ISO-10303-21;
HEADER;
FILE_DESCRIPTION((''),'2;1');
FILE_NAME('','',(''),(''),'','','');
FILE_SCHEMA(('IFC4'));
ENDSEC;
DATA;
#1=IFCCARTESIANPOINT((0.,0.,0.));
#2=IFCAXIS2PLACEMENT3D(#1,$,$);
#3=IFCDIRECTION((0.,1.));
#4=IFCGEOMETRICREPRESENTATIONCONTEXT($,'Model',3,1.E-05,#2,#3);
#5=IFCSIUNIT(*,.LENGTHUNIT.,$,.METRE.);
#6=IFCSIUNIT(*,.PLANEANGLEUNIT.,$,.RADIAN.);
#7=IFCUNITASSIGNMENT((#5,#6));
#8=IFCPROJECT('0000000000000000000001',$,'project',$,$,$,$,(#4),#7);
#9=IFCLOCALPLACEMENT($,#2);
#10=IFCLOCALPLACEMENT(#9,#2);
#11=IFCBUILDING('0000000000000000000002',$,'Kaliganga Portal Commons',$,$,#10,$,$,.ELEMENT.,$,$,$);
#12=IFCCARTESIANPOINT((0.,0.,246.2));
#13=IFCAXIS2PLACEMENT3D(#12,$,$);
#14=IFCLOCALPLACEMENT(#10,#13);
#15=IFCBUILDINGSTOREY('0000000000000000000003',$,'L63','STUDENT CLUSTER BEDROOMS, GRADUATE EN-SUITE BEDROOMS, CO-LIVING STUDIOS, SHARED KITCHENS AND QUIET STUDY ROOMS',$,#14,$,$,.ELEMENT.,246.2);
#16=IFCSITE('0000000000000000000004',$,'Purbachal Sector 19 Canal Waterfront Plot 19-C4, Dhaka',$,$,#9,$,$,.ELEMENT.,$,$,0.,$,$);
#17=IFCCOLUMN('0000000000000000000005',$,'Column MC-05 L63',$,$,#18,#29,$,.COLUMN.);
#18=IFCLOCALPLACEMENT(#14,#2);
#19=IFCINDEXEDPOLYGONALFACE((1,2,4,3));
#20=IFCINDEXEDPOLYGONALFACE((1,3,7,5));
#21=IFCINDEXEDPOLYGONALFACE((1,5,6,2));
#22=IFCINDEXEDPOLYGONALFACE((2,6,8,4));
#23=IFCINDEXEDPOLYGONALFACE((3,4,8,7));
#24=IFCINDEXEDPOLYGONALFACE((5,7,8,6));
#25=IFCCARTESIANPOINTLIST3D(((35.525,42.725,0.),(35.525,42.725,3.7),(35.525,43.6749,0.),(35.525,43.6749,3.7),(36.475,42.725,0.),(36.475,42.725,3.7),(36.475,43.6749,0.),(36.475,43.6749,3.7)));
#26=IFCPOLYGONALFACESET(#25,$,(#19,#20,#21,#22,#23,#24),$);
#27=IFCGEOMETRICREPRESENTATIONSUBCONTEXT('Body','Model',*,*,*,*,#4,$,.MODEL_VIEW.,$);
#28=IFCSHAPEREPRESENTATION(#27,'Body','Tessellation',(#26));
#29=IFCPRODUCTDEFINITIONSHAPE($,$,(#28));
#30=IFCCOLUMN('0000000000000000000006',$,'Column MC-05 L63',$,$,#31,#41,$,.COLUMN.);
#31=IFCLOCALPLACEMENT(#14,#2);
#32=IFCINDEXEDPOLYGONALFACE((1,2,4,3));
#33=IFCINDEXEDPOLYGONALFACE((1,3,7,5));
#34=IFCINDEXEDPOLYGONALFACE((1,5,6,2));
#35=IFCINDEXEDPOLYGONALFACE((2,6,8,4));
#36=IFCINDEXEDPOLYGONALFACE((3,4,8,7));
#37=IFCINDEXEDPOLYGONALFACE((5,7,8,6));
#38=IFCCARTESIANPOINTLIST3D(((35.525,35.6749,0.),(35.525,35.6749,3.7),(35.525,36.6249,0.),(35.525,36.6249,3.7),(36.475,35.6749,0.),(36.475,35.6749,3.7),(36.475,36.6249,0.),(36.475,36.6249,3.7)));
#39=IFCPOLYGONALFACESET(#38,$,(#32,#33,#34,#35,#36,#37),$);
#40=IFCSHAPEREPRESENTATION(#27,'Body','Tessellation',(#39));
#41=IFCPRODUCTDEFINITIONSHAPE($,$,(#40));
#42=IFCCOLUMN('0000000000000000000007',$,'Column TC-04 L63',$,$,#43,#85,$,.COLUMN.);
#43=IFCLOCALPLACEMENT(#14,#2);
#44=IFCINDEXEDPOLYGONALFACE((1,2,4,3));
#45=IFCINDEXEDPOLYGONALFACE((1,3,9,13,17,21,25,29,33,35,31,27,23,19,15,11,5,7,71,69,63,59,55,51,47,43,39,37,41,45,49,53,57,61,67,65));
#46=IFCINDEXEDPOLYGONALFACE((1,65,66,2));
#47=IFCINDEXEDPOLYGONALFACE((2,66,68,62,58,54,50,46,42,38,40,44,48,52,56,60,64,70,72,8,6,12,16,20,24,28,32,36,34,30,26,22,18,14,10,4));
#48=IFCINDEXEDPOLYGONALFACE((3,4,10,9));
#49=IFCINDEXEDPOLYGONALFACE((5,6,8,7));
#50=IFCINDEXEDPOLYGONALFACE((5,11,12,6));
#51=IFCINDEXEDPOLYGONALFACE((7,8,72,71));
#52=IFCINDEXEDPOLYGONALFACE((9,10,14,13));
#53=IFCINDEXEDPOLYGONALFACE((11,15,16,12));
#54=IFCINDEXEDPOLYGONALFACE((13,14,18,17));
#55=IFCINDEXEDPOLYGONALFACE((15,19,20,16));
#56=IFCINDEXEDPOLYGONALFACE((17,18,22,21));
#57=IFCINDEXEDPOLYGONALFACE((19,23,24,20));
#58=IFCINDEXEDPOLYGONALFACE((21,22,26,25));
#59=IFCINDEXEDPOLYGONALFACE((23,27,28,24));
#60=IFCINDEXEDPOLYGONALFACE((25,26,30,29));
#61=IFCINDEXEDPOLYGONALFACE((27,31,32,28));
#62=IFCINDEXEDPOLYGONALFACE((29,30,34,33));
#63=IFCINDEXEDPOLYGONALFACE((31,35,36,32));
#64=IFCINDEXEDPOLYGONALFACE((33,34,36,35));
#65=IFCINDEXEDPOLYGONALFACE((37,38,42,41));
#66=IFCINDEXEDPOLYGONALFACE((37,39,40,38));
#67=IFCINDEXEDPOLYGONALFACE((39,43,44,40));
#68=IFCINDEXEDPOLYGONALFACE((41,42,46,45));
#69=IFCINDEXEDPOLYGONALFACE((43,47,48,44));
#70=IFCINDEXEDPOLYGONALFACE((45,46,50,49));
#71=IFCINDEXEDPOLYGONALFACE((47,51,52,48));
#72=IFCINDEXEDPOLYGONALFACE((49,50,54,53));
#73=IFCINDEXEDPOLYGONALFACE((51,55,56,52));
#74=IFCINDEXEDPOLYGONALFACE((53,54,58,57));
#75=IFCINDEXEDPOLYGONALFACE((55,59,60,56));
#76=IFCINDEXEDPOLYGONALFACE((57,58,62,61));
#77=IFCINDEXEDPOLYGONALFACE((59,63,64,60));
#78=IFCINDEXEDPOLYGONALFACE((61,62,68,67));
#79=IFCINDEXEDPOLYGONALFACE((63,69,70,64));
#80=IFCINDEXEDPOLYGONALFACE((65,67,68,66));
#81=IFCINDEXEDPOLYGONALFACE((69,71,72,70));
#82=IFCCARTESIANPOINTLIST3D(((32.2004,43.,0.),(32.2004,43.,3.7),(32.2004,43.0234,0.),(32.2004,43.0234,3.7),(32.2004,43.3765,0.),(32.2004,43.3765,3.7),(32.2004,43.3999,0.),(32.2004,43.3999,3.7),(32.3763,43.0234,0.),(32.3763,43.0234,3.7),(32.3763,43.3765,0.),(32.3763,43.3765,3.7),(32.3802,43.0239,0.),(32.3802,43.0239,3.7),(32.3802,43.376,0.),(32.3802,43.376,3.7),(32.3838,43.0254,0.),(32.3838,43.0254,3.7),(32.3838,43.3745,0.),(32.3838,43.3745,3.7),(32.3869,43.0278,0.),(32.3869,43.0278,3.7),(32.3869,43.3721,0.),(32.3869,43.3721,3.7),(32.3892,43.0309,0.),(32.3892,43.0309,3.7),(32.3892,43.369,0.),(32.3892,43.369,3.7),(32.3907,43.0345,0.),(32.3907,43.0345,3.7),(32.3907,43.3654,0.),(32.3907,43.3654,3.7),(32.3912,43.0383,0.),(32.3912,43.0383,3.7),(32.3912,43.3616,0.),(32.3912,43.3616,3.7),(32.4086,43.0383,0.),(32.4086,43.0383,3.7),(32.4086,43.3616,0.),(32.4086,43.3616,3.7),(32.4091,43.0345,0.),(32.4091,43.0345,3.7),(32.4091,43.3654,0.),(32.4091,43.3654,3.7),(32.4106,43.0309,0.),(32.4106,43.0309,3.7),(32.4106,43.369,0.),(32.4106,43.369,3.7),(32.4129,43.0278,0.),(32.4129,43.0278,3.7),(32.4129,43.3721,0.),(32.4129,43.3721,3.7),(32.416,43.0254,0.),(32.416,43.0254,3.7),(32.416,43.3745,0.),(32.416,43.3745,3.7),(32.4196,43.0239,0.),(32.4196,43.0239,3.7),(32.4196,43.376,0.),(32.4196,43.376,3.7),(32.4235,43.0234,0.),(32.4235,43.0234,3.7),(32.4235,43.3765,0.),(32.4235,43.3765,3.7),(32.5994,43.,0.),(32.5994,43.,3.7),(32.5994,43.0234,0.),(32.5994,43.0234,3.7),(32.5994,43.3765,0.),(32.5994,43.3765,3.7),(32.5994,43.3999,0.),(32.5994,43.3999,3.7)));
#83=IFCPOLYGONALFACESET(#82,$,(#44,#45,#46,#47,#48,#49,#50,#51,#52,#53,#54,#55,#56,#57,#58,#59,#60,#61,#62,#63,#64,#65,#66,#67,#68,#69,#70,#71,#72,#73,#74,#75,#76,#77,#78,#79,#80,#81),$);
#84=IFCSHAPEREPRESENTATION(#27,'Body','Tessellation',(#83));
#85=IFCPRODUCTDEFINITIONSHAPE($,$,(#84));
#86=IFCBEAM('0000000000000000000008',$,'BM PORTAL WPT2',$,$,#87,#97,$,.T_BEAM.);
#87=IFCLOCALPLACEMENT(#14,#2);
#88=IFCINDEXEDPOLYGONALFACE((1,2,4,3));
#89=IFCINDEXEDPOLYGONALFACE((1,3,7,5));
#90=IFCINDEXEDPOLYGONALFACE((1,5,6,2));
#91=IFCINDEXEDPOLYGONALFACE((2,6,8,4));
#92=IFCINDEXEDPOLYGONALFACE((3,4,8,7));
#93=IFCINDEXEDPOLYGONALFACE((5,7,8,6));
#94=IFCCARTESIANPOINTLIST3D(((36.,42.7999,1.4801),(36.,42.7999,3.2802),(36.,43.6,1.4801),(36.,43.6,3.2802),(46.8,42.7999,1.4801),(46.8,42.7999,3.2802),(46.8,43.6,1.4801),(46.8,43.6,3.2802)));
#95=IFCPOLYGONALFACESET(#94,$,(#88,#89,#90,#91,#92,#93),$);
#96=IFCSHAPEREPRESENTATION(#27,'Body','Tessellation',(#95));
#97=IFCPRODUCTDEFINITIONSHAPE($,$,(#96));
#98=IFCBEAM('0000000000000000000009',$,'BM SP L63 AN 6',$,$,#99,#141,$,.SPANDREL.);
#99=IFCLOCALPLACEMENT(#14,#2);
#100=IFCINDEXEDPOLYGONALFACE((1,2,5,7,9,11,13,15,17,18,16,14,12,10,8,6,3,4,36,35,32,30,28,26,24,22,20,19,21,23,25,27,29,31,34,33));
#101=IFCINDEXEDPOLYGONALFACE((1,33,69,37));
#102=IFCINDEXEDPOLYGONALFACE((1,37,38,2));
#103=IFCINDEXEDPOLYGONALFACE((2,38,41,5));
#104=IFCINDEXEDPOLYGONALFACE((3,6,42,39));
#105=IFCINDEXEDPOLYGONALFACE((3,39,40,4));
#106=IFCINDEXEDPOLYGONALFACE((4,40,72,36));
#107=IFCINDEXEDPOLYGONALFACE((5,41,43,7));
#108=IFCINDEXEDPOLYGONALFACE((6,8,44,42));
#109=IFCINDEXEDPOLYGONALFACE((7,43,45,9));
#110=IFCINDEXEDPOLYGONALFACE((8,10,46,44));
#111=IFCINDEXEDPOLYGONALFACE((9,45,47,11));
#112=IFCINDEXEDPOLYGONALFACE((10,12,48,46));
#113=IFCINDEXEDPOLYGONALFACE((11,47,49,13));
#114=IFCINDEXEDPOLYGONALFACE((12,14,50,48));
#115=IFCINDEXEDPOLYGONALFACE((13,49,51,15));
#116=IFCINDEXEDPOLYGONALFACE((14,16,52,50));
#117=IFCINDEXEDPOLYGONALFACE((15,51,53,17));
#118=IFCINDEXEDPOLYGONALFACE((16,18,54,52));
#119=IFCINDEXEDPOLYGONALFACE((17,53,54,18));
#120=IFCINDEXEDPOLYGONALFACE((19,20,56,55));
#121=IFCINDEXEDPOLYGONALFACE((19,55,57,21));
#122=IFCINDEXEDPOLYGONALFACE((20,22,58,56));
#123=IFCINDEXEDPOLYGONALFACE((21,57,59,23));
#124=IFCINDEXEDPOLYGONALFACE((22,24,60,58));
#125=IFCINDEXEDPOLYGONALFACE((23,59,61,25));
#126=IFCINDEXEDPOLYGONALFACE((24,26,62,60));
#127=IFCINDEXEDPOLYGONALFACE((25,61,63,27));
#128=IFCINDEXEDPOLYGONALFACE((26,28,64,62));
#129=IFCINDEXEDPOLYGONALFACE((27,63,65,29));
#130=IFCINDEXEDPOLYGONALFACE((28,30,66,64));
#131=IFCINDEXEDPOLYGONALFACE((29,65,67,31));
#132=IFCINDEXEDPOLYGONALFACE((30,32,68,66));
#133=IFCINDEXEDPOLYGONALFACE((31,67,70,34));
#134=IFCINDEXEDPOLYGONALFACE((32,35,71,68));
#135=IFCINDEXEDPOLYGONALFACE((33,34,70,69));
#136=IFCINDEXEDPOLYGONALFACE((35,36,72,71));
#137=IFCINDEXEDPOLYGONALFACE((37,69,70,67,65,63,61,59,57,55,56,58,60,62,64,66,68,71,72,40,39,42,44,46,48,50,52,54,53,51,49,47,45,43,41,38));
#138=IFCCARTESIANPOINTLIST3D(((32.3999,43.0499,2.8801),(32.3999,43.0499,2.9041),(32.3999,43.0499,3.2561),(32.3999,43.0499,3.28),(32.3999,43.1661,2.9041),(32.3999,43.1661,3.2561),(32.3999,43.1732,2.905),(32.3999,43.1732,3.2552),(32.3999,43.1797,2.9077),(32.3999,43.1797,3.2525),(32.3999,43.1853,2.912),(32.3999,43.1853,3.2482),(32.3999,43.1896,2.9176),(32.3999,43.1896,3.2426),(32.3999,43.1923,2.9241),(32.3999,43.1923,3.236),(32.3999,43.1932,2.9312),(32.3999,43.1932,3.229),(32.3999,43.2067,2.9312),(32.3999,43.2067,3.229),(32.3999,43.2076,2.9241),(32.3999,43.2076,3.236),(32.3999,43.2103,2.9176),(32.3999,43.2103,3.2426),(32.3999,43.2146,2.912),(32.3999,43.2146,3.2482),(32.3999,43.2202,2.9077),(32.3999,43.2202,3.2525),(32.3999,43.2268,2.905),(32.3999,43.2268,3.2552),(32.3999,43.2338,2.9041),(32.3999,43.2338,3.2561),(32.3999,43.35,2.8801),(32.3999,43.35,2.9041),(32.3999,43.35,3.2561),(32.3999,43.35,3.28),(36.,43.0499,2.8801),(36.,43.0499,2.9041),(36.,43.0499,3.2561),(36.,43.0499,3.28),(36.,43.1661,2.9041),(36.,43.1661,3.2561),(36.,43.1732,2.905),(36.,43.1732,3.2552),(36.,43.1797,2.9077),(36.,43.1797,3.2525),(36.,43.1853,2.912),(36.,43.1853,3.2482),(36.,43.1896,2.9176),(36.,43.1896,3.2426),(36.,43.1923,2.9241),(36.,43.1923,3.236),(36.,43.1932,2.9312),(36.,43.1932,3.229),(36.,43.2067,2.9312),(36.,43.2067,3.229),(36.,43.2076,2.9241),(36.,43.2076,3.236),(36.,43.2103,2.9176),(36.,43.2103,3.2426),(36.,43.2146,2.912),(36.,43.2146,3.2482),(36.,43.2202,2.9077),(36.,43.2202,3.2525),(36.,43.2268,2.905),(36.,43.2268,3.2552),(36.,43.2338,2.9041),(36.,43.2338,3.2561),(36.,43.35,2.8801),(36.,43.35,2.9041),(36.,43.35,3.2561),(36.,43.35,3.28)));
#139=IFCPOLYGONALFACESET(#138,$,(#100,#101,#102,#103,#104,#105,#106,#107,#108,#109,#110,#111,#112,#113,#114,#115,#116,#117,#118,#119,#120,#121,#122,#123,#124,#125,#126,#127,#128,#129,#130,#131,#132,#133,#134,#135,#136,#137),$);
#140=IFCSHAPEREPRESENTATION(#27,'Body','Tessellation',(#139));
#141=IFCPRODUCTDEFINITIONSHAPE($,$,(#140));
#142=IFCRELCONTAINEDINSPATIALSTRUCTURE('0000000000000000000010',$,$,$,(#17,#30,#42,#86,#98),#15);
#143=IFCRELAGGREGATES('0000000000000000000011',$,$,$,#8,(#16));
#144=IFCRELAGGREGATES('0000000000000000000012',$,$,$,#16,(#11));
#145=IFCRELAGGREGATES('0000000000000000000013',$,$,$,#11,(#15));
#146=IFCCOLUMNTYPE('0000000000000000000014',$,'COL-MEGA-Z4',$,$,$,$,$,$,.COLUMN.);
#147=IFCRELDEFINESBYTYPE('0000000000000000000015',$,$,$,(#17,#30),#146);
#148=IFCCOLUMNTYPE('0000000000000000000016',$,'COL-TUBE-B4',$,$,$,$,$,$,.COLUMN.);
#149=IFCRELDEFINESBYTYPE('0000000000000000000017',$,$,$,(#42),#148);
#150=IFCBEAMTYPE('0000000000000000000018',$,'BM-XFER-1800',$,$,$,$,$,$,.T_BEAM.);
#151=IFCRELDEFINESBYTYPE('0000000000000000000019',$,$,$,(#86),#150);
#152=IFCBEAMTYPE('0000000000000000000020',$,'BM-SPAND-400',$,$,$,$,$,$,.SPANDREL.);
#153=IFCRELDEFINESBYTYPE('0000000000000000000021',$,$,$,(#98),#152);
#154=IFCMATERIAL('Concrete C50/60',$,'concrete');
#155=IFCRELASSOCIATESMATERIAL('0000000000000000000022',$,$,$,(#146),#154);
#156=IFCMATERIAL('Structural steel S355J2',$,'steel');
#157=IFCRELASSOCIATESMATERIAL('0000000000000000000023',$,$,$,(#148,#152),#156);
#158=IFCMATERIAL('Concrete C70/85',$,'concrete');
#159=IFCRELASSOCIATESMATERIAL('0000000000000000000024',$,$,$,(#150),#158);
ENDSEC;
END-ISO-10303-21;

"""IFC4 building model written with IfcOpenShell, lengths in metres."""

from ifc_helpers import new_model, si_unit, direction, frame, origin, origin_2d, place, context, subcontext, project, spatial, rectangle, i_section, extrude, source, transform, mapped, material, material_profile, profile_set, type_object, element, save


model = new_model("IFC4")

# Units and contexts
model_context = context("Model", 3, precision=1e-05, world=origin(), true_north=direction((0.0, 1.0)))
body_context = subcontext(model_context, "Body", "Model", "MODEL_VIEW")
ifc_project = project(units=[si_unit("LENGTHUNIT", "METRE"), si_unit("PLANEANGLEUNIT", "RADIAN")], contexts=[model_context])

# Site, building, storey
site_placement = place(None, origin())
site = spatial("IfcSite", under=ifc_project, at=site_placement, Name="Purbachal Sector 19 Canal Waterfront Plot 19-C4, Dhaka", CompositionType="ELEMENT", RefElevation=0.0)
building_placement = place(site_placement, origin())
building = spatial("IfcBuilding", under=site, at=building_placement, Name="Kaliganga Portal Commons", CompositionType="ELEMENT")
storey_placement = place(building_placement, frame((0.0, 0.0, 246.2)))
storey = spatial("IfcBuildingStorey", under=building, at=storey_placement, Name="L63", Description="STUDENT CLUSTER BEDROOMS, GRADUATE EN-SUITE BEDROOMS, CO-LIVING STUDIOS, SHARED KITCHENS AND QUIET STUDY ROOMS", CompositionType="ELEMENT", Elevation=246.2)

# Columns
ifc_material_1 = material(Name="Concrete C50/60", Category="concrete")
ifc_material_profile_1 = material_profile(ifc_material_1, rectangle(XDim=0.95, YDim=0.95, at=origin_2d()), Name="RC 950x950")
ifc_profile_set_1 = profile_set([ifc_material_profile_1], Name="Concrete C50/60")
column_type_1 = type_object("IfcColumnType", Name="COL-MEGA-Z4", PredefinedType="COLUMN", material=ifc_profile_set_1)
shared_shape_1 = source(origin(), body_context, "Body", "SweptSolid", [
    extrude(rectangle(XDim=0.95, YDim=0.95, at=origin_2d()), origin(), (0.0, 0.0, 1.0), 3.7),
])
for number, where, z_axis, x_axis, name in (
    (1, (36.0, 43.2, 0.0), (0.0, 0.0, 1.0), (1.0, 0.0, 0.0), "Column MC-05 L63"),
    (2, (36.0, 36.1499, 0.0), (0.0, 0.0, 1.0), (1.0, 0.0, 0.0), "Column MC-05 L63"),
):
    element("IfcColumn", number, at=place(storey_placement, frame(where, z_axis=z_axis, x_axis=x_axis)), inside=storey, type_object=column_type_1, Name=name, PredefinedType="COLUMN", context=body_context, shape_type="MappedRepresentation", body=[
        mapped(shared_shape_1, transform((0.0, 0.0, 0.0), x_axis=(1.0, 0.0, 0.0), y_axis=(0.0, 1.0, 0.0), z_axis=(0.0, 0.0, 1.0), scale=1.0)),
    ])
ifc_material_2 = material(Name="Structural steel S355J2", Category="steel")
ifc_material_profile_2 = material_profile(ifc_material_2, i_section(OverallWidth=0.3989, OverallDepth=0.3999, WebThickness=0.0173, FlangeThickness=0.0234, FilletRadius=0.0149, at=origin_2d()), Name="HD 400x287")
ifc_profile_set_2 = profile_set([ifc_material_profile_2], Name="Structural steel S355J2 wide-flange")
column_type_2 = type_object("IfcColumnType", Name="COL-TUBE-B4", PredefinedType="COLUMN", material=ifc_profile_set_2)
shared_shape_2 = source(origin(), body_context, "Body", "SweptSolid", [
    extrude(i_section(OverallWidth=0.3989, OverallDepth=0.3999, WebThickness=0.0173, FlangeThickness=0.0234, FilletRadius=0.0149, at=origin_2d()), origin(), (0.0, 0.0, 1.0), 3.7),
])
column_placement = place(storey_placement, frame((32.3999, 43.2, 0.0), z_axis=(0.0, 0.0, 1.0), x_axis=(1.0, 0.0, 0.0)))
element("IfcColumn", 3, at=column_placement, inside=storey, type_object=column_type_2, Name="Column TC-04 L63", PredefinedType="COLUMN", context=body_context, shape_type="MappedRepresentation", body=[
    mapped(shared_shape_2, transform((0.0, 0.0, 0.0), x_axis=(1.0, 0.0, 0.0), y_axis=(0.0, 1.0, 0.0), z_axis=(0.0, 0.0, 1.0), scale=1.0)),
])

# Beams
ifc_material_3 = material(Name="Concrete C70/85", Category="concrete")
ifc_material_profile_3 = material_profile(ifc_material_3, rectangle(XDim=0.8, YDim=1.8, at=origin_2d()), Name="RC 800x1800")
ifc_profile_set_3 = profile_set([ifc_material_profile_3], Name="Concrete C70/85")
beam_type_1 = type_object("IfcBeamType", Name="BM-XFER-1800", PredefinedType="T_BEAM", material=ifc_profile_set_3)
shared_shape_3 = source(origin(), body_context, "Body", "SweptSolid", [
    extrude(rectangle(XDim=0.8, YDim=1.8, at=origin_2d()), origin(), (0.0, 0.0, 1.0), 10.8),
])
beam_1_placement = place(storey_placement, frame((36.0, 43.2, 2.3801), z_axis=(1.0, 0.0, 0.0), x_axis=(0.0, 1.0, 0.0)))
element("IfcBeam", 4, at=beam_1_placement, inside=storey, type_object=beam_type_1, Name="BM PORTAL WPT2", PredefinedType="T_BEAM", context=body_context, shape_type="MappedRepresentation", body=[
    mapped(shared_shape_3, transform((0.0, 0.0, 0.0), x_axis=(1.0, 0.0, 0.0), y_axis=(0.0, 1.0, 0.0), z_axis=(0.0, 0.0, 1.0), scale=1.0)),
])
ifc_material_profile_4 = material_profile(ifc_material_2, i_section(OverallWidth=0.3, OverallDepth=0.3999, WebThickness=0.0134, FlangeThickness=0.0239, FilletRadius=0.0271, at=origin_2d()), Name="HE 400 B")
ifc_profile_set_4 = profile_set([ifc_material_profile_4], Name="Structural steel S355J2 wide-flange")
beam_type_2 = type_object("IfcBeamType", Name="BM-SPAND-400", PredefinedType="SPANDREL", material=ifc_profile_set_4)
shared_shape_4 = source(origin(), body_context, "Body", "SweptSolid", [
    extrude(i_section(OverallWidth=0.3, OverallDepth=0.3999, WebThickness=0.0134, FlangeThickness=0.0239, FilletRadius=0.0271, at=origin_2d()), origin(), (0.0, 0.0, 1.0), 3.6001),
])
beam_2_placement = place(storey_placement, frame((32.3999, 43.2, 3.0801), z_axis=(1.0, 0.0, 0.0), x_axis=(0.0, 1.0, 0.0)))
element("IfcBeam", 5, at=beam_2_placement, inside=storey, type_object=beam_type_2, Name="BM SP L63 AN 6", PredefinedType="SPANDREL", context=body_context, shape_type="MappedRepresentation", body=[
    mapped(shared_shape_4, transform((0.0, 0.0, 0.0), x_axis=(1.0, 0.0, 0.0), y_axis=(0.0, 1.0, 0.0), z_axis=(0.0, 0.0, 1.0), scale=1.0)),
])

save(model, "model.ifc")
